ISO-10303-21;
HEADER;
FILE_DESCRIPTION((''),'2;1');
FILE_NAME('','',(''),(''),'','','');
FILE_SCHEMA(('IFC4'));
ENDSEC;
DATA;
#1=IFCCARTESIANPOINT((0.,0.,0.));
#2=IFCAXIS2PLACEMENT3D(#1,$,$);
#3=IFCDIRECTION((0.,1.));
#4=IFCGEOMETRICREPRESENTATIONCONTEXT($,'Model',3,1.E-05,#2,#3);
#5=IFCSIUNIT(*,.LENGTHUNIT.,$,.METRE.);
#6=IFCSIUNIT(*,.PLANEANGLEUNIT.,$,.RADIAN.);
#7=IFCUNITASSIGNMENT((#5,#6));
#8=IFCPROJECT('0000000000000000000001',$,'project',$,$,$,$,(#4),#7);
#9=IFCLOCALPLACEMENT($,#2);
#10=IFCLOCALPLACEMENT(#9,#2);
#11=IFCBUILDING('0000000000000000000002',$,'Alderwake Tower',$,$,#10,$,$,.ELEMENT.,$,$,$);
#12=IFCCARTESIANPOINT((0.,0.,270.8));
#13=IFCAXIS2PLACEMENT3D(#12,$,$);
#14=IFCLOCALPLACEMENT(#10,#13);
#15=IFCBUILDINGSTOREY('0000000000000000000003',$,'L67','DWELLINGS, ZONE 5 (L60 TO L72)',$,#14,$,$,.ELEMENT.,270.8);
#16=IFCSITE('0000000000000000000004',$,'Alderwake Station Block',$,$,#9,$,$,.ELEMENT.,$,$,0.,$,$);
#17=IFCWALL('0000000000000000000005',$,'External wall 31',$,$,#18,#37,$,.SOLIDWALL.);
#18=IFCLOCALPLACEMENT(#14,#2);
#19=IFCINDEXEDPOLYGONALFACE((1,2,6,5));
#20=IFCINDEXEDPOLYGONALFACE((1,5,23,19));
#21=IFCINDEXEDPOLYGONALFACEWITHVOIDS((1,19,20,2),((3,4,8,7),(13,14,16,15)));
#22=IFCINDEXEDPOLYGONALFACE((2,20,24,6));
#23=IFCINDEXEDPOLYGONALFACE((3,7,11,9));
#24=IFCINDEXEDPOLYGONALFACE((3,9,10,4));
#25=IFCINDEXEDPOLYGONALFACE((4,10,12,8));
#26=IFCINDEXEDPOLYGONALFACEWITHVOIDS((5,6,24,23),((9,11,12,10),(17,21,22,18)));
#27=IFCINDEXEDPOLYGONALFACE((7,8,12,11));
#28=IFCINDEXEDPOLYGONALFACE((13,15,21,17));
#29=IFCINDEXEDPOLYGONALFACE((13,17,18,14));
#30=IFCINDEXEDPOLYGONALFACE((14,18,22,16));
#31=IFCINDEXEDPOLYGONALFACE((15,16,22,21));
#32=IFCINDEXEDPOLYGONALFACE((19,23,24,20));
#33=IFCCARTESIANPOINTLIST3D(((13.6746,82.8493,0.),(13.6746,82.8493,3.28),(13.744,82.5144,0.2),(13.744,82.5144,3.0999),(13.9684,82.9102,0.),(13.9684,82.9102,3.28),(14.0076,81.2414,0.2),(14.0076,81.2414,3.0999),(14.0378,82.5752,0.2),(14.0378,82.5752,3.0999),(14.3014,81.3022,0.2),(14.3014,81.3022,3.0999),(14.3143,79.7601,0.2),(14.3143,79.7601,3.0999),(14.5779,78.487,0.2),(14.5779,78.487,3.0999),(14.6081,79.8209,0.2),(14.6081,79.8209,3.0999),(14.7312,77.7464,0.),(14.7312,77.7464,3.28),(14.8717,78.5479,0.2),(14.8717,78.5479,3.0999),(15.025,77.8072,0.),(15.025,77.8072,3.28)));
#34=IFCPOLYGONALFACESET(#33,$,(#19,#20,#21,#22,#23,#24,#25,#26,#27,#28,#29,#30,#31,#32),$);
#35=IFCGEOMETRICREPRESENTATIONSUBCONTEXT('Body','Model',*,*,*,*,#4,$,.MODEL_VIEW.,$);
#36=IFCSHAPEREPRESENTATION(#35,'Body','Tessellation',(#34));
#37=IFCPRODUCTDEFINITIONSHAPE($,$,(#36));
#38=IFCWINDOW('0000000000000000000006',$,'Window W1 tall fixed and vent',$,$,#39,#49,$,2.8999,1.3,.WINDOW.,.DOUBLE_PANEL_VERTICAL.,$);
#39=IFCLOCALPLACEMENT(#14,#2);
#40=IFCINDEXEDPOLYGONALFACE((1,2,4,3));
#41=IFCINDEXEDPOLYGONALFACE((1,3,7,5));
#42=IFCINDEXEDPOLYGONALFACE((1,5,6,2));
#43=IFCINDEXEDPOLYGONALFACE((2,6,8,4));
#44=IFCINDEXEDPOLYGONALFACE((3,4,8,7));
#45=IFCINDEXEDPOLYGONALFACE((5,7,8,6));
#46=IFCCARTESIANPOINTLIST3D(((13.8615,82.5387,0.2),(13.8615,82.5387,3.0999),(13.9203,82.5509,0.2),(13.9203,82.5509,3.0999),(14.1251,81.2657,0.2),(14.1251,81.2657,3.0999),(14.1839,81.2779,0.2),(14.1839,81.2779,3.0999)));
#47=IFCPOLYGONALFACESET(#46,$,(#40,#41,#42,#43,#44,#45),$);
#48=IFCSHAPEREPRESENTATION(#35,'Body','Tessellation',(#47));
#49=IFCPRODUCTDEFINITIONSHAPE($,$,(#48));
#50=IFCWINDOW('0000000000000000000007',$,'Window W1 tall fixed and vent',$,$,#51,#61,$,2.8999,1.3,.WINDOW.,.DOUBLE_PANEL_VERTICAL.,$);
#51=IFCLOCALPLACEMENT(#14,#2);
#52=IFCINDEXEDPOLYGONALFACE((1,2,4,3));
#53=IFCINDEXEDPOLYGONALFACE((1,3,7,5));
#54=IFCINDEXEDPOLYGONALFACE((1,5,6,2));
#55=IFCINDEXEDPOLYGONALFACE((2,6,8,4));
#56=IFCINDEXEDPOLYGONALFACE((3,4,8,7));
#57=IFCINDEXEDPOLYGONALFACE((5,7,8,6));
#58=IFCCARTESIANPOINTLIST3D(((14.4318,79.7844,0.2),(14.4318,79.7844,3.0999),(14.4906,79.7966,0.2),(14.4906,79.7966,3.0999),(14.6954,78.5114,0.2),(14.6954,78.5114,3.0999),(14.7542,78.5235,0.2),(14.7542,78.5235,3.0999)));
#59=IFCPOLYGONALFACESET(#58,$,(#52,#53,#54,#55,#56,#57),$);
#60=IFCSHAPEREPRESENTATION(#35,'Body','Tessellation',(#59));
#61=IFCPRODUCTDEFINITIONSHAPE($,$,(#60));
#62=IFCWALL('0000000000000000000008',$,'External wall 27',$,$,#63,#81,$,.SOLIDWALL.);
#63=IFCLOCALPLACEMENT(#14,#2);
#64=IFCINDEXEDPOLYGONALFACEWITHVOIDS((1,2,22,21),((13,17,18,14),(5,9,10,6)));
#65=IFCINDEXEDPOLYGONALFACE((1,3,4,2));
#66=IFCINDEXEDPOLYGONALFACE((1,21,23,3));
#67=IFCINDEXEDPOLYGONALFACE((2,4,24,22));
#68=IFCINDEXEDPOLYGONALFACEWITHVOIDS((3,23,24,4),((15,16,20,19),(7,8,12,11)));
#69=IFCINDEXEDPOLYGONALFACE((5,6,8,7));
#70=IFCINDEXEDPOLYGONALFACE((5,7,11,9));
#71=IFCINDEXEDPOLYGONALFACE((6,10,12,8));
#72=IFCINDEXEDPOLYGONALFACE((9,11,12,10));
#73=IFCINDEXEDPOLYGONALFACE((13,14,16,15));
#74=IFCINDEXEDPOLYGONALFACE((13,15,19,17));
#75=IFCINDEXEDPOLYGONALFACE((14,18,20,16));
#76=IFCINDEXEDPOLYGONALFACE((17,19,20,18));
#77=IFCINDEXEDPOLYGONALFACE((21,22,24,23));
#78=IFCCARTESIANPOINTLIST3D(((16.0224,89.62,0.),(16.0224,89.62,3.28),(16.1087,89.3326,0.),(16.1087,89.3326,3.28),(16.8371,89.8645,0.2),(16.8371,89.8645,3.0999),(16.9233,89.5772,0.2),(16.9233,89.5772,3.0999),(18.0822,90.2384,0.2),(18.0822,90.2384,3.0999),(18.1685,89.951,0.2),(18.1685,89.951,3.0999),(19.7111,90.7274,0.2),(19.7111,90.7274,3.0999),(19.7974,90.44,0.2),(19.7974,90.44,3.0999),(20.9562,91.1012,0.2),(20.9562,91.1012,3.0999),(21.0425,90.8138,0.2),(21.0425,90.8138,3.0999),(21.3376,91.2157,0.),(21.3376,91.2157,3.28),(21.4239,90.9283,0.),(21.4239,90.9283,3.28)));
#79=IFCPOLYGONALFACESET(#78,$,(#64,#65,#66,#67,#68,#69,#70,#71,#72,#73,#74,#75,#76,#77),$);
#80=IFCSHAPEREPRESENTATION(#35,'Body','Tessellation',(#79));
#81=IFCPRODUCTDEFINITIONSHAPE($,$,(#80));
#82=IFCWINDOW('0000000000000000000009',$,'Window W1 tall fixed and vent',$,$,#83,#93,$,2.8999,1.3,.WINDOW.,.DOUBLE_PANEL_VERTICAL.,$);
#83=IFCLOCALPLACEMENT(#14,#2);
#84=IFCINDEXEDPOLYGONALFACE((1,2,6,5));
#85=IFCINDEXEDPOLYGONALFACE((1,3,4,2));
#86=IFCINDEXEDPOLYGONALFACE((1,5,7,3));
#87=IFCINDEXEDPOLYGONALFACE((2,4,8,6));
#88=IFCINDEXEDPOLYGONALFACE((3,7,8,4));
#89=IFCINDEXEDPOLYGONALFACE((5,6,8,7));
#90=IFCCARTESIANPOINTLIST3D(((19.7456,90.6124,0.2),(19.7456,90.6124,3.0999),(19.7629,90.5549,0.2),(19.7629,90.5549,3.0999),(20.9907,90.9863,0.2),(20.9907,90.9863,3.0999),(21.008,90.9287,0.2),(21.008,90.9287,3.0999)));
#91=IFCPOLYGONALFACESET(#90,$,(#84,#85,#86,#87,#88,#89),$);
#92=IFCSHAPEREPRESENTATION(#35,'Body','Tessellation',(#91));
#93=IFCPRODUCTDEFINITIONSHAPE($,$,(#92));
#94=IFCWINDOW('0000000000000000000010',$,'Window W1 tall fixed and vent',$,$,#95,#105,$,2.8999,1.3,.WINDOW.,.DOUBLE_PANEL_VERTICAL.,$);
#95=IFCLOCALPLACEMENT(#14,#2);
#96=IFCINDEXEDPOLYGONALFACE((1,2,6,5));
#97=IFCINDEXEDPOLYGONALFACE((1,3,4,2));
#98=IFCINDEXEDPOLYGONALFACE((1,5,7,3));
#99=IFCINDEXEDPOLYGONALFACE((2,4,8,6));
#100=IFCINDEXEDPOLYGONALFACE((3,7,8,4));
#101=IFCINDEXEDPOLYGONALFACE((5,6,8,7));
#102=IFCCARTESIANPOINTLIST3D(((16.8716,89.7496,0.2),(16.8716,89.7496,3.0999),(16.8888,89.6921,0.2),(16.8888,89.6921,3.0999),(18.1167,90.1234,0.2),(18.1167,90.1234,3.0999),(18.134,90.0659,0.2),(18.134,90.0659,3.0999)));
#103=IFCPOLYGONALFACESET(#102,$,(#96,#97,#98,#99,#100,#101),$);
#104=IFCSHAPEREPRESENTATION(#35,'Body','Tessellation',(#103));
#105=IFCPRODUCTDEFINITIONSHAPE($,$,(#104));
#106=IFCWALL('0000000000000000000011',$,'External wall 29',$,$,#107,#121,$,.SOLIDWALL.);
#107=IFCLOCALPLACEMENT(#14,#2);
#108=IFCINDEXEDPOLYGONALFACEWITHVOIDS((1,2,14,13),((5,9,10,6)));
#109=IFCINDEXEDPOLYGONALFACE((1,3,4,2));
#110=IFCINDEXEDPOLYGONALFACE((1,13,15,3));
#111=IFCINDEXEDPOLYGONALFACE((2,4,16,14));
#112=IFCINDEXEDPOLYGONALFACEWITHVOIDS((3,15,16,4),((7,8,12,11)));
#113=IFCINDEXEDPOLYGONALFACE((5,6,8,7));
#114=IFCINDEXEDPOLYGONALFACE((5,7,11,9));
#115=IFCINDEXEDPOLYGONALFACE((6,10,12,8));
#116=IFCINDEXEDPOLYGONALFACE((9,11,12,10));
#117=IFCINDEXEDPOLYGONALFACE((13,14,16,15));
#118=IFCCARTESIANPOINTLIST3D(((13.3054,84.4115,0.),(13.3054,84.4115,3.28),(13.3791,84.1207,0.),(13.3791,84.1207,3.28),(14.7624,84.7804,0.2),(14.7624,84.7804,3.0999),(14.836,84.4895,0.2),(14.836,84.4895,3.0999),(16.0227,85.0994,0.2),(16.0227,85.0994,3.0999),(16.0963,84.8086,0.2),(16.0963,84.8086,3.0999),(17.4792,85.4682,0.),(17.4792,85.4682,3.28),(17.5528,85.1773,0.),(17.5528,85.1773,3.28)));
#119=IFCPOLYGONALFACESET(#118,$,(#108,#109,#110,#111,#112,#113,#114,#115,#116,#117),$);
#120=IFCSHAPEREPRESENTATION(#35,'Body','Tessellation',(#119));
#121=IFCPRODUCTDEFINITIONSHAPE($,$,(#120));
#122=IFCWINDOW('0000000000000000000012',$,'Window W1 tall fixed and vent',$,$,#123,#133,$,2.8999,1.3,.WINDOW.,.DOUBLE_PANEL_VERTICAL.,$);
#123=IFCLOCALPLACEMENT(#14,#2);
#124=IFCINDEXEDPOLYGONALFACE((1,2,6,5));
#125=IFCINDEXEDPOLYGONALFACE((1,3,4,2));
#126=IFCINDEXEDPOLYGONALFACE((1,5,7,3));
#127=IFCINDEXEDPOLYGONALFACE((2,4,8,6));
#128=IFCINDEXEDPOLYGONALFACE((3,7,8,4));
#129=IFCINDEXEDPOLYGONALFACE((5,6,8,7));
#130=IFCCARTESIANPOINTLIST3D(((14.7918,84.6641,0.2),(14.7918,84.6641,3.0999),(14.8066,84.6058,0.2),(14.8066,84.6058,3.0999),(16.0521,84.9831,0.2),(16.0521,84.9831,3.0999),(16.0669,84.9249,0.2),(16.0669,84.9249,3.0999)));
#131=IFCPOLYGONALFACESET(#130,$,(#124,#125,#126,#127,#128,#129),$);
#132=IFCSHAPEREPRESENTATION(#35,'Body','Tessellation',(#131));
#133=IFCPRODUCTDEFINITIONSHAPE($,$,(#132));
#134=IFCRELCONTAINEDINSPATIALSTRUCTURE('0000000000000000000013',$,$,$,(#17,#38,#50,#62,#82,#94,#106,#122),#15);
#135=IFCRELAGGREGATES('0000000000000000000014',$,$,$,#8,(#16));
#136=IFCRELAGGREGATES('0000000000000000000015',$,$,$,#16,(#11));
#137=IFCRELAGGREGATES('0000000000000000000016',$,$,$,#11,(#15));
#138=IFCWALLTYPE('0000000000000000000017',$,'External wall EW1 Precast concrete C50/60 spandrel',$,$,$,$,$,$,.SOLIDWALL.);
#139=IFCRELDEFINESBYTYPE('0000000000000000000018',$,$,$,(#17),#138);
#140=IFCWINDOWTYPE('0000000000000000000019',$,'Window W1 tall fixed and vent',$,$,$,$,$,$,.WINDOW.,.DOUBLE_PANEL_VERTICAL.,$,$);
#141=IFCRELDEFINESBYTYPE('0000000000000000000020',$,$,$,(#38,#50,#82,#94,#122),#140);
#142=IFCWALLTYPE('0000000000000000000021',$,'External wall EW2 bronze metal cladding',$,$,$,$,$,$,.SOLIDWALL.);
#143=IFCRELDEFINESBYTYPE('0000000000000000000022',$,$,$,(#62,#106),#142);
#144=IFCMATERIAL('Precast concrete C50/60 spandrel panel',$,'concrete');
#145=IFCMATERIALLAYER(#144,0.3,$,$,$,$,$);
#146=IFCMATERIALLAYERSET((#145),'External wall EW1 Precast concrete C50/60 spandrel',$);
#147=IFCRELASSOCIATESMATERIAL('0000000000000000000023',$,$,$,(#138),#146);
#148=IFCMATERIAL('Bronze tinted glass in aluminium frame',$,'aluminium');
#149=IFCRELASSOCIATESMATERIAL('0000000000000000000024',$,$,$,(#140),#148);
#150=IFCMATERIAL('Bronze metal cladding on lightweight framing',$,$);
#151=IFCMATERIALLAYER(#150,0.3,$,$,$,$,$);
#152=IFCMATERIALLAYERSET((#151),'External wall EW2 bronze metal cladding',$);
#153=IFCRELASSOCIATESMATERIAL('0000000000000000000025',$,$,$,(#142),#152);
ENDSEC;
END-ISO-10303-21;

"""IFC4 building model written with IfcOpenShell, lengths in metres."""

from ifc_helpers import new_model, si_unit, direction, frame, frame_2d, origin, place, context, subcontext, project, spatial, rectangle, extrude, material, layer, layer_set, type_object, element, fill, save


model = new_model("IFC4")

# Units and contexts
model_context = context("Model", 3, precision=1e-05, world=origin(), true_north=direction((0.0, 1.0)))
body_context = subcontext(model_context, "Body", "Model", "MODEL_VIEW")
ifc_project = project(units=[si_unit("LENGTHUNIT", "METRE"), si_unit("PLANEANGLEUNIT", "RADIAN")], contexts=[model_context])

# Site, building, storey
site_placement = place(None, origin())
site = spatial("IfcSite", under=ifc_project, at=site_placement, Name="Alderwake Station Block", CompositionType="ELEMENT", RefElevation=0.0)
building_placement = place(site_placement, origin())
building = spatial("IfcBuilding", under=site, at=building_placement, Name="Alderwake Tower", CompositionType="ELEMENT")
storey_placement = place(building_placement, frame((0.0, 0.0, 270.8)))
storey = spatial("IfcBuildingStorey", under=building, at=storey_placement, Name="L67", Description="DWELLINGS, ZONE 5 (L60 TO L72)", CompositionType="ELEMENT", Elevation=270.8)

# Shared definitions
ifc_material_1 = material(Name="Precast concrete C50/60 spandrel panel", Category="concrete")
ifc_layer_1 = layer(ifc_material_1, 0.3)
ifc_layer_set_1 = layer_set([ifc_layer_1], Name="External wall EW1 Precast concrete C50/60 spandrel")
wall_type_1 = type_object("IfcWallType", Name="External wall EW1 Precast concrete C50/60 spandrel", PredefinedType="SOLIDWALL", material=ifc_layer_set_1)

# Walls, openings, windows
wall_1_placement = place(storey_placement, frame((13.8215, 82.8796, 0.0), z_axis=(0.0, 0.0, 1.0), x_axis=(0.202761, -0.979228, 0.0)))
wall_1 = element("IfcWall", 1, at=wall_1_placement, inside=storey, type_object=wall_type_1, Name="External wall 31", PredefinedType="SOLIDWALL", context=body_context, shape_type="SweptSolid", body=[
    extrude(rectangle(XDim=5.2112, YDim=0.3, at=frame_2d((2.6055, 0.0))), origin(), (0.0, 0.0, 1.0), 3.28),
])
opening_1_placement = place(wall_1_placement, frame((0.342, 0.0, 0.2)))
opening_1 = element("IfcOpeningElement", 2, at=opening_1_placement, cuts=wall_1, PredefinedType="OPENING", context=body_context, shape_type="SweptSolid", body=[
    extrude(rectangle(XDim=1.3, YDim=2.8999, at=frame_2d((0.6499, 1.45))), frame((0.0, 0.1599, 0.0), z_axis=(0.0, -1.0, 0.0), x_axis=(1.0, 0.0, 0.0)), (0.0, 0.0, 1.0), 0.3201),
])
opening_2_placement = place(wall_1_placement, frame((3.1548, 0.0, 0.2)))
opening_2 = element("IfcOpeningElement", 3, at=opening_2_placement, cuts=wall_1, PredefinedType="OPENING", context=body_context, shape_type="SweptSolid", body=[
    extrude(rectangle(XDim=1.3, YDim=2.8999, at=frame_2d((0.6499, 1.45))), frame((0.0, 0.1599, 0.0), z_axis=(0.0, -1.0, 0.0), x_axis=(1.0, 0.0, 0.0)), (0.0, 0.0, 1.0), 0.3201),
])
ifc_material_2 = material(Name="Bronze tinted glass in aluminium frame", Category="aluminium")
window_type = type_object("IfcWindowType", Name="Window W1 tall fixed and vent", PartitioningType="DOUBLE_PANEL_VERTICAL", PredefinedType="WINDOW", material=ifc_material_2)
window_1_placement = place(opening_1_placement, origin())
window_1 = element("IfcWindow", 4, at=window_1_placement, inside=storey, type_object=window_type, Name="Window W1 tall fixed and vent", OverallHeight=2.8999, OverallWidth=1.3, PartitioningType="DOUBLE_PANEL_VERTICAL", PredefinedType="WINDOW", context=body_context, shape_type="SweptSolid", body=[
    extrude(rectangle(XDim=1.3, YDim=2.8999, at=frame_2d((0.6499, 1.45))), frame((0.0, 0.03, 0.0), z_axis=(0.0, -1.0, 0.0), x_axis=(1.0, 0.0, 0.0)), (0.0, 0.0, 1.0), 0.0601),
])
fill(opening_1, window_1)
window_2_placement = place(opening_2_placement, origin())
window_2 = element("IfcWindow", 5, at=window_2_placement, inside=storey, type_object=window_type, Name="Window W1 tall fixed and vent", OverallHeight=2.8999, OverallWidth=1.3, PartitioningType="DOUBLE_PANEL_VERTICAL", PredefinedType="WINDOW", context=body_context, shape_type="SweptSolid", body=[
    extrude(rectangle(XDim=1.3, YDim=2.8999, at=frame_2d((0.6499, 1.45))), frame((0.0, 0.03, 0.0), z_axis=(0.0, -1.0, 0.0), x_axis=(1.0, 0.0, 0.0)), (0.0, 0.0, 1.0), 0.0601),
])
fill(opening_2, window_2)
ifc_material_3 = material(Name="Bronze metal cladding on lightweight framing")
ifc_layer_2 = layer(ifc_material_3, 0.3)
ifc_layer_set_2 = layer_set([ifc_layer_2], Name="External wall EW2 bronze metal cladding")
wall_type_2 = type_object("IfcWallType", Name="External wall EW2 bronze metal cladding", PredefinedType="SOLIDWALL", material=ifc_layer_set_2)
wall_2_placement = place(storey_placement, frame((21.3809, 91.072, 0.0), z_axis=(0.0, 0.0, 1.0), x_axis=(-0.957769, -0.287538, 0.0)))
wall_2 = element("IfcWall", 6, at=wall_2_placement, inside=storey, type_object=wall_type_2, Name="External wall 27", PredefinedType="SOLIDWALL", context=body_context, shape_type="SweptSolid", body=[
    extrude(rectangle(XDim=5.5496, YDim=0.3, at=frame_2d((2.7749, 0.0))), origin(), (0.0, 0.0, 1.0), 3.28),
])
opening_3_placement = place(wall_2_placement, frame((0.3984, 0.0, 0.2)))
opening_3 = element("IfcOpeningElement", 7, at=opening_3_placement, cuts=wall_2, PredefinedType="OPENING", context=body_context, shape_type="SweptSolid", body=[
    extrude(rectangle(XDim=1.3, YDim=2.8999, at=frame_2d((0.6499, 1.45))), frame((0.0, 0.1599, 0.0), z_axis=(0.0, -1.0, 0.0), x_axis=(1.0, 0.0, 0.0)), (0.0, 0.0, 1.0), 0.3201),
])
opening_4_placement = place(wall_2_placement, frame((3.3992, 0.0, 0.2)))
opening_4 = element("IfcOpeningElement", 8, at=opening_4_placement, cuts=wall_2, PredefinedType="OPENING", context=body_context, shape_type="SweptSolid", body=[
    extrude(rectangle(XDim=1.3, YDim=2.8999, at=frame_2d((0.6499, 1.45))), frame((0.0, 0.1599, 0.0), z_axis=(0.0, -1.0, 0.0), x_axis=(1.0, 0.0, 0.0)), (0.0, 0.0, 1.0), 0.3201),
])
window_3_placement = place(opening_3_placement, origin())
window_3 = element("IfcWindow", 9, at=window_3_placement, inside=storey, type_object=window_type, Name="Window W1 tall fixed and vent", OverallHeight=2.8999, OverallWidth=1.3, PartitioningType="DOUBLE_PANEL_VERTICAL", PredefinedType="WINDOW", context=body_context, shape_type="SweptSolid", body=[
    extrude(rectangle(XDim=1.3, YDim=2.8999, at=frame_2d((0.6499, 1.45))), frame((0.0, 0.03, 0.0), z_axis=(0.0, -1.0, 0.0), x_axis=(1.0, 0.0, 0.0)), (0.0, 0.0, 1.0), 0.0601),
])
fill(opening_3, window_3)
window_4_placement = place(opening_4_placement, origin())
window_4 = element("IfcWindow", 10, at=window_4_placement, inside=storey, type_object=window_type, Name="Window W1 tall fixed and vent", OverallHeight=2.8999, OverallWidth=1.3, PartitioningType="DOUBLE_PANEL_VERTICAL", PredefinedType="WINDOW", context=body_context, shape_type="SweptSolid", body=[
    extrude(rectangle(XDim=1.3, YDim=2.8999, at=frame_2d((0.6499, 1.45))), frame((0.0, 0.03, 0.0), z_axis=(0.0, -1.0, 0.0), x_axis=(1.0, 0.0, 0.0)), (0.0, 0.0, 1.0), 0.0601),
])
fill(opening_4, window_4)

# Wall, opening, window
wall_3_placement = place(storey_placement, frame((17.5161, 85.3228, 0.0), z_axis=(0.0, 0.0, 1.0), x_axis=(-0.969418, -0.245416, 0.0)))
wall_3 = element("IfcWall", 11, at=wall_3_placement, inside=storey, type_object=wall_type_2, Name="External wall 29", PredefinedType="SOLIDWALL", context=body_context, shape_type="SweptSolid", body=[
    extrude(rectangle(XDim=4.3054, YDim=0.3, at=frame_2d((2.1528, 0.0))), origin(), (0.0, 0.0, 1.0), 3.28),
])
opening_5_placement = place(wall_3_placement, frame((1.5027, 0.0, 0.2)))
opening_5 = element("IfcOpeningElement", 12, at=opening_5_placement, cuts=wall_3, PredefinedType="OPENING", context=body_context, shape_type="SweptSolid", body=[
    extrude(rectangle(XDim=1.3, YDim=2.8999, at=frame_2d((0.6499, 1.45))), frame((0.0, 0.1599, 0.0), z_axis=(0.0, -1.0, 0.0), x_axis=(1.0, 0.0, 0.0)), (0.0, 0.0, 1.0), 0.3201),
])
window_5_placement = place(opening_5_placement, origin())
window_5 = element("IfcWindow", 13, at=window_5_placement, inside=storey, type_object=window_type, Name="Window W1 tall fixed and vent", OverallHeight=2.8999, OverallWidth=1.3, PartitioningType="DOUBLE_PANEL_VERTICAL", PredefinedType="WINDOW", context=body_context, shape_type="SweptSolid", body=[
    extrude(rectangle(XDim=1.3, YDim=2.8999, at=frame_2d((0.6499, 1.45))), frame((0.0, 0.03, 0.0), z_axis=(0.0, -1.0, 0.0), x_axis=(1.0, 0.0, 0.0)), (0.0, 0.0, 1.0), 0.0601),
])
fill(opening_5, window_5)

save(model, "model.ifc")
